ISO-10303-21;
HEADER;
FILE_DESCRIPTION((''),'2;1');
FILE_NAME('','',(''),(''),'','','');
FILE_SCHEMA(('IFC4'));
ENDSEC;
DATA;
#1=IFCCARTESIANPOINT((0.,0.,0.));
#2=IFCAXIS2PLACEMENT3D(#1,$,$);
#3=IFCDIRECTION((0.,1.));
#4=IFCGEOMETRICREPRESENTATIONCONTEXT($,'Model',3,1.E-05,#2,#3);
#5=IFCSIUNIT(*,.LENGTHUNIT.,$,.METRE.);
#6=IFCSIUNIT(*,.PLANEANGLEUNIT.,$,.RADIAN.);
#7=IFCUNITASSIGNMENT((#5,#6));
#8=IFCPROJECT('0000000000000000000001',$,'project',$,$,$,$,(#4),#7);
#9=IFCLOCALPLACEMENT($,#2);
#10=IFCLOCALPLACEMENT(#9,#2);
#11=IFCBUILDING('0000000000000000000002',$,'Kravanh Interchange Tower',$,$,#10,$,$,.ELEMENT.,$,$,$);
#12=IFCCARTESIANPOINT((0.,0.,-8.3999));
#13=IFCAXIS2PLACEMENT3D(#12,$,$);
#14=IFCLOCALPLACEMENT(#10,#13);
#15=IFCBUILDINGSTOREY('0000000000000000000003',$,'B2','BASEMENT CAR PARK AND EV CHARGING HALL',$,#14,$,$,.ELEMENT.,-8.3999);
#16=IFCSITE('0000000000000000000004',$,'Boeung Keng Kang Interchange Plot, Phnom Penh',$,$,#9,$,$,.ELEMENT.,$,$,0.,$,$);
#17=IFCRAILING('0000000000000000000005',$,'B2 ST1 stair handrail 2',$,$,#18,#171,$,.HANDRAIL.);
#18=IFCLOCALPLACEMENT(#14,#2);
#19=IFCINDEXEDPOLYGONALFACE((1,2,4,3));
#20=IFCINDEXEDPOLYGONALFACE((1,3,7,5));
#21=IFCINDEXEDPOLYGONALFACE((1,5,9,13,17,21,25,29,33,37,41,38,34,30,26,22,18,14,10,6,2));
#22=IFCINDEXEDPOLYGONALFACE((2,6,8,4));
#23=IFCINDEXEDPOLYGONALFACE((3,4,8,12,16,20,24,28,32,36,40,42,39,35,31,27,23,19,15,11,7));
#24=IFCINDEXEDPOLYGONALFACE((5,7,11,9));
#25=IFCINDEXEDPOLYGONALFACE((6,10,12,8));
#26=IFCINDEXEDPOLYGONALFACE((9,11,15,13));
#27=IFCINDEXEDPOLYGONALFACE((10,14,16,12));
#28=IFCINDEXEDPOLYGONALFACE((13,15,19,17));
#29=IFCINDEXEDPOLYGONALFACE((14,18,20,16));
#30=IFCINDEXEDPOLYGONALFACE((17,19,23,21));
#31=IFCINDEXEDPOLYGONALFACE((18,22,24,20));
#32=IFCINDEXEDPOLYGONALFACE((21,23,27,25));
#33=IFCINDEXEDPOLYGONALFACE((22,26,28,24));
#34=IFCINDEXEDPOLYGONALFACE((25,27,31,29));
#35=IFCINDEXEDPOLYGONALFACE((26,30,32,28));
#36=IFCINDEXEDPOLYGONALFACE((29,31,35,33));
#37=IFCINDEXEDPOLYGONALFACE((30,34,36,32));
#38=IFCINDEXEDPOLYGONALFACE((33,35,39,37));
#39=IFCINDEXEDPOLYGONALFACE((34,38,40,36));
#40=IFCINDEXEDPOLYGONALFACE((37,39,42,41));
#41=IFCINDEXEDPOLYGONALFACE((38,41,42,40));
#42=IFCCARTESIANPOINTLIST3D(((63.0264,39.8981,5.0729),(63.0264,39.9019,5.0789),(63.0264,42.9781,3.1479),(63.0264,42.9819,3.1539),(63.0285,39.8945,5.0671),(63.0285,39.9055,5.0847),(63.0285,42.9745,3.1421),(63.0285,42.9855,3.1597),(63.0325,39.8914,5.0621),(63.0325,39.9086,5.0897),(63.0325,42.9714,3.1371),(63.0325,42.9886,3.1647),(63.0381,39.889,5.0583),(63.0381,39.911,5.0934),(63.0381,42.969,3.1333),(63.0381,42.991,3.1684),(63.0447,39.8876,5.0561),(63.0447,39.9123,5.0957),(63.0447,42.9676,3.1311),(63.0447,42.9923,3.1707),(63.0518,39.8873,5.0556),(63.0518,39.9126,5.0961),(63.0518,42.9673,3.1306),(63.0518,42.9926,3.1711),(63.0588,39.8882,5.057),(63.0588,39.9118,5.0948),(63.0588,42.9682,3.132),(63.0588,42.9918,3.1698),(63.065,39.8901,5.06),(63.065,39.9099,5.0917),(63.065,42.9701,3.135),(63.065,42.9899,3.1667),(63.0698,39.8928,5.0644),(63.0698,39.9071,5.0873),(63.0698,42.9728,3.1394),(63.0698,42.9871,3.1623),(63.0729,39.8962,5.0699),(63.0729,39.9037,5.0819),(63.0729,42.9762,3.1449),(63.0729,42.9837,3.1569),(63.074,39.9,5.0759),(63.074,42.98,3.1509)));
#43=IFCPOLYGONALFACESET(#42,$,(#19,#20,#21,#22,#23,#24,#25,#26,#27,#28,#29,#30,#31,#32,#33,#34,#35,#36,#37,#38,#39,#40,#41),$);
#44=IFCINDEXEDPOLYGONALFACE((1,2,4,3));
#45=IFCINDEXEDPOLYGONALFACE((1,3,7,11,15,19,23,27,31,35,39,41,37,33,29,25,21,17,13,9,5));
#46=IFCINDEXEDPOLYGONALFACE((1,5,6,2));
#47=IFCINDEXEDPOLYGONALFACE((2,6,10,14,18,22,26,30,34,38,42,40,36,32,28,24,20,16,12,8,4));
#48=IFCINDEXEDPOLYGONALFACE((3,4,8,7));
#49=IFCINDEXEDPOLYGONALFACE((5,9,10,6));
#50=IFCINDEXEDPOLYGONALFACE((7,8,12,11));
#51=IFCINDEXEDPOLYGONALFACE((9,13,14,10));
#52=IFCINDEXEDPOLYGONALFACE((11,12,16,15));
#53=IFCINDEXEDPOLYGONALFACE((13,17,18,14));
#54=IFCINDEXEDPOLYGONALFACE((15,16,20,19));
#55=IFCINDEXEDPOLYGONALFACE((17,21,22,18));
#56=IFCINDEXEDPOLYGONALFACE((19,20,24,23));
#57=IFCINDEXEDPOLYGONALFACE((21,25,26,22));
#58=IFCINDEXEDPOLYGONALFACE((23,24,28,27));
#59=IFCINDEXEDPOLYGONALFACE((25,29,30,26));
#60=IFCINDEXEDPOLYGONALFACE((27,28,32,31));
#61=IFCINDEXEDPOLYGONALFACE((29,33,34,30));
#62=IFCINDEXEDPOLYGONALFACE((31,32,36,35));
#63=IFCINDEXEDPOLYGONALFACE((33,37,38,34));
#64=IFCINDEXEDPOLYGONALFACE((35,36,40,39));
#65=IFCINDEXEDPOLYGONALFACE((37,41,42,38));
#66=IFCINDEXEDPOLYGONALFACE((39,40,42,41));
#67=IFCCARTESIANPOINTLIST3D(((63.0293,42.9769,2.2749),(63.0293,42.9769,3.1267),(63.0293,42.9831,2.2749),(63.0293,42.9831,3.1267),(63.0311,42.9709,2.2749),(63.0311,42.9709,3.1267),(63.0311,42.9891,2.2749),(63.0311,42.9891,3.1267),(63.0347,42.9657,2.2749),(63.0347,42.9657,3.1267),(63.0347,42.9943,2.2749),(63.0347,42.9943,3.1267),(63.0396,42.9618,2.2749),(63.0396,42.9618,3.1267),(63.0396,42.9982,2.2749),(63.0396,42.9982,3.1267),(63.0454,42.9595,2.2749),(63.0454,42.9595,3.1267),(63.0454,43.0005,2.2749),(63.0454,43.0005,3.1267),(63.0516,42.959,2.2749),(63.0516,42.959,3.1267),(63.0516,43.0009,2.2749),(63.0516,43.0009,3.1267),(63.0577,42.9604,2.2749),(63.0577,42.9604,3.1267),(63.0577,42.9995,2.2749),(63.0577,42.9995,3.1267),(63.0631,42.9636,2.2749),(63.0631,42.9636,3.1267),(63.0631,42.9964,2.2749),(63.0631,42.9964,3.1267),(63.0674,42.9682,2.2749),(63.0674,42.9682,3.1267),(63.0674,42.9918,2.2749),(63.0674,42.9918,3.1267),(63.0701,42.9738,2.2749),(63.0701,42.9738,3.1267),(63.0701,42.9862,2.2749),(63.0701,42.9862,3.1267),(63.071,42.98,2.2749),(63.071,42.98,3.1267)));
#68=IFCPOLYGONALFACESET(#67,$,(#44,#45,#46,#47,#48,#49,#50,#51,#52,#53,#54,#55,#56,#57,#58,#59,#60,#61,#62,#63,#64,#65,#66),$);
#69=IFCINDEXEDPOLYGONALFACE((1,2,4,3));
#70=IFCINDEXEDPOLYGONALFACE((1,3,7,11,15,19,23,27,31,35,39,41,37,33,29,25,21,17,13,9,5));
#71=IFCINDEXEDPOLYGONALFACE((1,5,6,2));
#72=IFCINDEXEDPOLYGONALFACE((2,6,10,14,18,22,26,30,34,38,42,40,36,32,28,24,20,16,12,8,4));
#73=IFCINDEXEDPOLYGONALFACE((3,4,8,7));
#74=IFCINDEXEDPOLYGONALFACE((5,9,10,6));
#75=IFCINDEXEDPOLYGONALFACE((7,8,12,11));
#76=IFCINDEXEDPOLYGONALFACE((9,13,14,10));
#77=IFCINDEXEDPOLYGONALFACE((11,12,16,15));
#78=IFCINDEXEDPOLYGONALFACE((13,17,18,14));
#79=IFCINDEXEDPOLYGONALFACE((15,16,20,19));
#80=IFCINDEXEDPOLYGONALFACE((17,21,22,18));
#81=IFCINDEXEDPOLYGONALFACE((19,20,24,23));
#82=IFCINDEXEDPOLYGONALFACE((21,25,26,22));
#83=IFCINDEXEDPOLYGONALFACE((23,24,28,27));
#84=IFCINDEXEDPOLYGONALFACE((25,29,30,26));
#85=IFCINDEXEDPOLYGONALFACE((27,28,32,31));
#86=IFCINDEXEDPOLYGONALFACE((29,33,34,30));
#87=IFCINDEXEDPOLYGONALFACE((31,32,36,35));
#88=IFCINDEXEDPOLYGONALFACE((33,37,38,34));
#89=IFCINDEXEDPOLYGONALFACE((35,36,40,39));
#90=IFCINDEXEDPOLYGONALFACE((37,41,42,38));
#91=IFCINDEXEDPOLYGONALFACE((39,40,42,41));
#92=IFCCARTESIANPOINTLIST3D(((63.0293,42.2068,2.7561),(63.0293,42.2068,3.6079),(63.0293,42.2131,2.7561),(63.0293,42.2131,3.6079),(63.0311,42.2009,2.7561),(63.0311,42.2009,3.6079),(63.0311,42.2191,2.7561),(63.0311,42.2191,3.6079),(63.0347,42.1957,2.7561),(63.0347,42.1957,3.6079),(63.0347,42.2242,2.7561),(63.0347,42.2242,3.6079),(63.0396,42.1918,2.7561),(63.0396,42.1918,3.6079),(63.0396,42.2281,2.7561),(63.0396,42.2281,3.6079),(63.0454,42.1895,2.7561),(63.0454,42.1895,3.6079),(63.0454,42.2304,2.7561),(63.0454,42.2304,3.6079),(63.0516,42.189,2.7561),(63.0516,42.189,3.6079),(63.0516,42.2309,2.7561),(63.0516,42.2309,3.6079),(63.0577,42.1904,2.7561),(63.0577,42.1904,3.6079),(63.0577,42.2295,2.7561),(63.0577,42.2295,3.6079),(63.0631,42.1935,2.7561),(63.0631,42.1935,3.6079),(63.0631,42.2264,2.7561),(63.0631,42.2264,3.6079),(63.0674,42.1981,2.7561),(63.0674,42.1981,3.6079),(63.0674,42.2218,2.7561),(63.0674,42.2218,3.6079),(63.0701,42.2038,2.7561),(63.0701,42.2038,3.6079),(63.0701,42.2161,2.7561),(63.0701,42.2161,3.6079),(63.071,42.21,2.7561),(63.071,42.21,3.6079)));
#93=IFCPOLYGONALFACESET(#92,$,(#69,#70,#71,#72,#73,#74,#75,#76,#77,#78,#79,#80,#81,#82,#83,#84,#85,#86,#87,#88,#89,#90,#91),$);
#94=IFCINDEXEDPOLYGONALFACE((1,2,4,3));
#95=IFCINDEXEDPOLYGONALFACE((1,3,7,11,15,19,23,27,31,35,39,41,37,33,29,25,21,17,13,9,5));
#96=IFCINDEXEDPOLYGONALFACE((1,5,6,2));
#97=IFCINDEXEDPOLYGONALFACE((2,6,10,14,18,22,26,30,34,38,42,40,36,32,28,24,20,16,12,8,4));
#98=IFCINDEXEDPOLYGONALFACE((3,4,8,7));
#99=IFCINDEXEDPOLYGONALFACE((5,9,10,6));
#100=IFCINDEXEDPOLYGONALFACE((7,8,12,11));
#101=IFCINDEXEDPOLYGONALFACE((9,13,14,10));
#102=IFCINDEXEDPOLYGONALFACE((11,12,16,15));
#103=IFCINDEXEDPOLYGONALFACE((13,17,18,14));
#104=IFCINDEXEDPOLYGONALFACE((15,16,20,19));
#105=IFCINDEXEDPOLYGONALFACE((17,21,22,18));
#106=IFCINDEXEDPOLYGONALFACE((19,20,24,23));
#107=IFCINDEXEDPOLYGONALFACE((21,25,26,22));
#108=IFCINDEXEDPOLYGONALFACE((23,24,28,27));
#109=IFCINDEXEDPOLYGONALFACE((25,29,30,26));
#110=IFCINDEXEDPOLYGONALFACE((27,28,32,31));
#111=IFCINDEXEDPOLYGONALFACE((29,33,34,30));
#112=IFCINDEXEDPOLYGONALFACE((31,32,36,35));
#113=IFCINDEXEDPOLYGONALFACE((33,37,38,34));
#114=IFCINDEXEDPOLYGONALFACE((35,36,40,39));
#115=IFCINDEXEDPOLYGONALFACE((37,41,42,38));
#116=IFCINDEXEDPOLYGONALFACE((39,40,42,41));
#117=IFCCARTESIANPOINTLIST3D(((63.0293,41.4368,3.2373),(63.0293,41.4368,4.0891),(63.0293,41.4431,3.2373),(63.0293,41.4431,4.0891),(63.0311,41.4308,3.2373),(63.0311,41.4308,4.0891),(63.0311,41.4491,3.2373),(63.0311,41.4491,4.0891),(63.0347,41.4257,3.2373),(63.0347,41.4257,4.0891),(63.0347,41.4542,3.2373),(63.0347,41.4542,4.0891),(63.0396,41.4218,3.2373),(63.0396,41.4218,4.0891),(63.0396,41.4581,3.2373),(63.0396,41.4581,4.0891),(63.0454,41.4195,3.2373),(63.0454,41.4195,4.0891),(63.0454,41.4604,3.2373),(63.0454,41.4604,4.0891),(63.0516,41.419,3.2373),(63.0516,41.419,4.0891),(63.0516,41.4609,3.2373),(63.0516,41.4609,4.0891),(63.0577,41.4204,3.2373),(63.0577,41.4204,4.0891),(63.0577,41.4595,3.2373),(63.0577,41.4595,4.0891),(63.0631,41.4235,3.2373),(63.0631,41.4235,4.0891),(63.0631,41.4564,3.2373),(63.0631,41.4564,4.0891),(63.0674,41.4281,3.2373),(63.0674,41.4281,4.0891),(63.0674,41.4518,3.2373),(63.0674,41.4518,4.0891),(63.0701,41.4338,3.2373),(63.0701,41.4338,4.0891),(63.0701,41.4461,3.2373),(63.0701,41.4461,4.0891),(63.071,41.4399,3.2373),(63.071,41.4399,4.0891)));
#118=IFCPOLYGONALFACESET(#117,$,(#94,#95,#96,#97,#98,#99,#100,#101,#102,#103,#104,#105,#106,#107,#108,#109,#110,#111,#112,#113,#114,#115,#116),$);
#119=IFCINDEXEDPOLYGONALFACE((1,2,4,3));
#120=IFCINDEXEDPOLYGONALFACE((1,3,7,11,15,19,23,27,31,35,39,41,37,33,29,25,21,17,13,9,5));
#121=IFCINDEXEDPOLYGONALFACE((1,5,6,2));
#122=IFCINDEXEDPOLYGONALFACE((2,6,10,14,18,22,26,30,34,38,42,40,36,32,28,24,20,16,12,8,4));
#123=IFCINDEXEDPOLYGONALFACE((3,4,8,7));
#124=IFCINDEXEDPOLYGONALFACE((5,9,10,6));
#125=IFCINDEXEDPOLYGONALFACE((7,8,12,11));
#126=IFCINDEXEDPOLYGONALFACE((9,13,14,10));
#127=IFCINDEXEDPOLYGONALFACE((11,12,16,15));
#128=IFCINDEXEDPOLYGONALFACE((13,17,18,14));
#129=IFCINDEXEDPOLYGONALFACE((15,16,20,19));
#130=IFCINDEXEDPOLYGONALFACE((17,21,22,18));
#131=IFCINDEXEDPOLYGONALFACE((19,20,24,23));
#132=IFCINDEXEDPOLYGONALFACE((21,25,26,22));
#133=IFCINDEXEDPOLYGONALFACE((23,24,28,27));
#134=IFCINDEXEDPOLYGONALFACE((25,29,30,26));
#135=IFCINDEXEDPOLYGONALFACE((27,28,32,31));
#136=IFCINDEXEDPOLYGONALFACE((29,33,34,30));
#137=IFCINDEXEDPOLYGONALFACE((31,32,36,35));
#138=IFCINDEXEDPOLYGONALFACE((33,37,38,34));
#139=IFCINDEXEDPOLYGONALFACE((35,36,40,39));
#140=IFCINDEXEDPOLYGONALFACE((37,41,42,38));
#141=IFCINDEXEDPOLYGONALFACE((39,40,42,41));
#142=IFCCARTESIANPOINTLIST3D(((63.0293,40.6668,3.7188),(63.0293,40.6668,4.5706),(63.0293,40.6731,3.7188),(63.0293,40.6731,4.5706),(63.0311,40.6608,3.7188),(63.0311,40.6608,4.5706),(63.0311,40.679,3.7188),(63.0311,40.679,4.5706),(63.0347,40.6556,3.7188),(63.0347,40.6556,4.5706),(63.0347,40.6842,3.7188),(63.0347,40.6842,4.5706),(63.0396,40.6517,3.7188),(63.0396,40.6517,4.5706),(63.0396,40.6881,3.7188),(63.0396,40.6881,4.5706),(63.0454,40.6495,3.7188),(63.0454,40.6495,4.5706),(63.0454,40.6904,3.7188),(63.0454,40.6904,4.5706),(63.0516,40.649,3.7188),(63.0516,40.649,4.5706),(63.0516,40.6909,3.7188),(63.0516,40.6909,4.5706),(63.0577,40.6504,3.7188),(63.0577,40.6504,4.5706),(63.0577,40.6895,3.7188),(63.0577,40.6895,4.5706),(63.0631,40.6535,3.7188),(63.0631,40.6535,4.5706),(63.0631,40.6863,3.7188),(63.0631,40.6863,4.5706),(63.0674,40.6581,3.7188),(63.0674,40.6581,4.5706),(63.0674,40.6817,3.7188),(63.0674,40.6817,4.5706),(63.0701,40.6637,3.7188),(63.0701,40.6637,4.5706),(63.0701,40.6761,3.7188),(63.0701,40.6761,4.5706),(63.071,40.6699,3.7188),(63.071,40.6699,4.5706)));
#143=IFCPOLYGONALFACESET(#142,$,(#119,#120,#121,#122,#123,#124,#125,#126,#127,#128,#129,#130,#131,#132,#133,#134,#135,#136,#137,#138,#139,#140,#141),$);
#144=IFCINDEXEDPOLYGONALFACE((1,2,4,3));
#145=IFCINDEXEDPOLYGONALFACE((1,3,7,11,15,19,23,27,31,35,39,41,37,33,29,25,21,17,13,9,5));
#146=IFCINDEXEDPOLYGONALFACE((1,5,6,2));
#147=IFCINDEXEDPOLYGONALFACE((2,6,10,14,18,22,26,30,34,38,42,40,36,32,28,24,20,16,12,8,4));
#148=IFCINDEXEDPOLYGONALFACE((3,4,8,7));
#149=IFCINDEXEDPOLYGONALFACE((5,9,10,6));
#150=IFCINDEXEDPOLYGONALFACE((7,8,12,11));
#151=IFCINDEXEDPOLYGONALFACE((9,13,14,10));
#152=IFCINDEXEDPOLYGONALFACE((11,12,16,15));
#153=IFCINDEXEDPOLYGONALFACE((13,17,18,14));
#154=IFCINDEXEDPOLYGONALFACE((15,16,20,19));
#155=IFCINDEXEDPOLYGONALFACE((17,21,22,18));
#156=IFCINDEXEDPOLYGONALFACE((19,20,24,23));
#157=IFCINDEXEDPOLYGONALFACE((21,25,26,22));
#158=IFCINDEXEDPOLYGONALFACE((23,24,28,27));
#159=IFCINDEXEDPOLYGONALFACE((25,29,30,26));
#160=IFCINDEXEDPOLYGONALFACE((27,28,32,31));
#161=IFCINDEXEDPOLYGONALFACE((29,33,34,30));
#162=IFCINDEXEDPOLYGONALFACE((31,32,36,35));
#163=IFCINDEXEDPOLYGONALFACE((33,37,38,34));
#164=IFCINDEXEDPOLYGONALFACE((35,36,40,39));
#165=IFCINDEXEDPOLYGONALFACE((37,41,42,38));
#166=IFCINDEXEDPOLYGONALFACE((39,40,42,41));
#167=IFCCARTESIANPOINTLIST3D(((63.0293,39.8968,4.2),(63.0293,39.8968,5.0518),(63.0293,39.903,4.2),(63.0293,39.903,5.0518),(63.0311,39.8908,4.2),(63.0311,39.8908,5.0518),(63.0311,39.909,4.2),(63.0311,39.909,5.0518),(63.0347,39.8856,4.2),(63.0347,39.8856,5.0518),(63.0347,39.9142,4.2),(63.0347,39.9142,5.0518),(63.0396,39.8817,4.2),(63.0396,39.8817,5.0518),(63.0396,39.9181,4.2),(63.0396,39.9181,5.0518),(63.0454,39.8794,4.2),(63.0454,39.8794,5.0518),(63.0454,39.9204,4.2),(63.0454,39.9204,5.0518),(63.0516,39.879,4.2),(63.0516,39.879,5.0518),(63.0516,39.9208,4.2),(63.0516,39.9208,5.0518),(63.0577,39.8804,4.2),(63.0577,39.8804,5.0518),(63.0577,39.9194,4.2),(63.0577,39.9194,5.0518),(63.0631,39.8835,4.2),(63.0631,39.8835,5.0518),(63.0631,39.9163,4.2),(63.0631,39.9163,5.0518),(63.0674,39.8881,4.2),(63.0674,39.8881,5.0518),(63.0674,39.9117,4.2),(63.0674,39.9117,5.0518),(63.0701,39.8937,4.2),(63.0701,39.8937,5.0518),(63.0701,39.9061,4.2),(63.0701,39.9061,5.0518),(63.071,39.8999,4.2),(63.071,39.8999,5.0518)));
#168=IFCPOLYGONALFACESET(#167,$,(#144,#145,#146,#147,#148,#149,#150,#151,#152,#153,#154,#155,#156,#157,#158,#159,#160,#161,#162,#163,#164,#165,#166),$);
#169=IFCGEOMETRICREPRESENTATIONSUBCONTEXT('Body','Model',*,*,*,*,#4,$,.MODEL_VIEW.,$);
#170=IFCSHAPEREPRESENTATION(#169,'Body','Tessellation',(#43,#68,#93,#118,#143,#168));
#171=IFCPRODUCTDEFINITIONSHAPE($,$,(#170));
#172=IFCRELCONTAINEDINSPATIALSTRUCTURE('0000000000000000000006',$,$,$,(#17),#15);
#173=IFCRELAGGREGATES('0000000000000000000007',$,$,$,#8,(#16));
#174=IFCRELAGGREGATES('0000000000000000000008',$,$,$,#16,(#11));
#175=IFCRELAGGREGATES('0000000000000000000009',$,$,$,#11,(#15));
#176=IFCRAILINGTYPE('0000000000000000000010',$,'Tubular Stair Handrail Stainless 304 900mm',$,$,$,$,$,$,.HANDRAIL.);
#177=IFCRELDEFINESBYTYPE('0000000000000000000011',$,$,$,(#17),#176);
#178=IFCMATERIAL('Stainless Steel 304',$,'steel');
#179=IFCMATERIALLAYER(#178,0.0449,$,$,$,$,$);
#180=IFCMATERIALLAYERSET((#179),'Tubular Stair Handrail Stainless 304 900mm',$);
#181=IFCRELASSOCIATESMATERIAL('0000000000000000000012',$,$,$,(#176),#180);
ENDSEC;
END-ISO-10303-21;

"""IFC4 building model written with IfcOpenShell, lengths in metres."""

from ifc_helpers import new_model, si_unit, direction, frame, origin, origin_2d, place, context, subcontext, project, spatial, circle, extrude, material, layer, layer_set, type_object, element, save


model = new_model("IFC4")

# Units and contexts
model_context = context("Model", 3, precision=1e-05, world=origin(), true_north=direction((0.0, 1.0)))
body_context = subcontext(model_context, "Body", "Model", "MODEL_VIEW")
ifc_project = project(units=[si_unit("LENGTHUNIT", "METRE"), si_unit("PLANEANGLEUNIT", "RADIAN")], contexts=[model_context])

# Site, building, storey
site_placement = place(None, origin())
site = spatial("IfcSite", under=ifc_project, at=site_placement, Name="Boeung Keng Kang Interchange Plot, Phnom Penh", CompositionType="ELEMENT", RefElevation=0.0)
building_placement = place(site_placement, origin())
building = spatial("IfcBuilding", under=site, at=building_placement, Name="Kravanh Interchange Tower", CompositionType="ELEMENT")
storey_placement = place(building_placement, frame((0.0, 0.0, -8.3999)))
storey = spatial("IfcBuildingStorey", under=building, at=storey_placement, Name="B2", Description="BASEMENT CAR PARK AND EV CHARGING HALL", CompositionType="ELEMENT", Elevation=-8.3999)

# Railing
ifc_material_1 = material(Name="Stainless Steel 304", Category="steel")
ifc_layer_1 = layer(ifc_material_1, 0.0449)
ifc_layer_set_1 = layer_set([ifc_layer_1], Name="Tubular Stair Handrail Stainless 304 900mm")
railing_type_1 = type_object("IfcRailingType", Name="Tubular Stair Handrail Stainless 304 900mm", PredefinedType="HANDRAIL", material=ifc_layer_set_1)
for number, where, name in (
    (1, (63.05, 42.98, 2.2749), "B2 ST1 stair handrail 2"),
):
    element("IfcRailing", number, at=place(storey_placement, frame(where)), inside=storey, type_object=railing_type_1, Name=name, PredefinedType="HANDRAIL", context=body_context, shape_type="SweptSolid", body=[
        extrude(circle(Radius=0.0239, at=origin_2d()), frame((0.0, 0.0, 0.876), z_axis=(0.0, -0.847998, 0.529999), x_axis=(1.0, 0.0, 0.0)), (0.0, 0.0, 1.0), 3.6321),
        extrude(circle(Radius=0.021, at=origin_2d()), origin(), (0.0, 0.0, 1.0), 0.8518),
        extrude(circle(Radius=0.021, at=origin_2d()), frame((0.0, -0.77, 0.4812)), (0.0, 0.0, 1.0), 0.8518),
        extrude(circle(Radius=0.021, at=origin_2d()), frame((0.0, -1.54, 0.9624)), (0.0, 0.0, 1.0), 0.8518),
        extrude(circle(Radius=0.021, at=origin_2d()), frame((0.0, -2.3101, 1.4438)), (0.0, 0.0, 1.0), 0.8518),
        extrude(circle(Radius=0.021, at=origin_2d()), frame((0.0, -3.0801, 1.925)), (0.0, 0.0, 1.0), 0.8518),
    ])

save(model, "model.ifc")
